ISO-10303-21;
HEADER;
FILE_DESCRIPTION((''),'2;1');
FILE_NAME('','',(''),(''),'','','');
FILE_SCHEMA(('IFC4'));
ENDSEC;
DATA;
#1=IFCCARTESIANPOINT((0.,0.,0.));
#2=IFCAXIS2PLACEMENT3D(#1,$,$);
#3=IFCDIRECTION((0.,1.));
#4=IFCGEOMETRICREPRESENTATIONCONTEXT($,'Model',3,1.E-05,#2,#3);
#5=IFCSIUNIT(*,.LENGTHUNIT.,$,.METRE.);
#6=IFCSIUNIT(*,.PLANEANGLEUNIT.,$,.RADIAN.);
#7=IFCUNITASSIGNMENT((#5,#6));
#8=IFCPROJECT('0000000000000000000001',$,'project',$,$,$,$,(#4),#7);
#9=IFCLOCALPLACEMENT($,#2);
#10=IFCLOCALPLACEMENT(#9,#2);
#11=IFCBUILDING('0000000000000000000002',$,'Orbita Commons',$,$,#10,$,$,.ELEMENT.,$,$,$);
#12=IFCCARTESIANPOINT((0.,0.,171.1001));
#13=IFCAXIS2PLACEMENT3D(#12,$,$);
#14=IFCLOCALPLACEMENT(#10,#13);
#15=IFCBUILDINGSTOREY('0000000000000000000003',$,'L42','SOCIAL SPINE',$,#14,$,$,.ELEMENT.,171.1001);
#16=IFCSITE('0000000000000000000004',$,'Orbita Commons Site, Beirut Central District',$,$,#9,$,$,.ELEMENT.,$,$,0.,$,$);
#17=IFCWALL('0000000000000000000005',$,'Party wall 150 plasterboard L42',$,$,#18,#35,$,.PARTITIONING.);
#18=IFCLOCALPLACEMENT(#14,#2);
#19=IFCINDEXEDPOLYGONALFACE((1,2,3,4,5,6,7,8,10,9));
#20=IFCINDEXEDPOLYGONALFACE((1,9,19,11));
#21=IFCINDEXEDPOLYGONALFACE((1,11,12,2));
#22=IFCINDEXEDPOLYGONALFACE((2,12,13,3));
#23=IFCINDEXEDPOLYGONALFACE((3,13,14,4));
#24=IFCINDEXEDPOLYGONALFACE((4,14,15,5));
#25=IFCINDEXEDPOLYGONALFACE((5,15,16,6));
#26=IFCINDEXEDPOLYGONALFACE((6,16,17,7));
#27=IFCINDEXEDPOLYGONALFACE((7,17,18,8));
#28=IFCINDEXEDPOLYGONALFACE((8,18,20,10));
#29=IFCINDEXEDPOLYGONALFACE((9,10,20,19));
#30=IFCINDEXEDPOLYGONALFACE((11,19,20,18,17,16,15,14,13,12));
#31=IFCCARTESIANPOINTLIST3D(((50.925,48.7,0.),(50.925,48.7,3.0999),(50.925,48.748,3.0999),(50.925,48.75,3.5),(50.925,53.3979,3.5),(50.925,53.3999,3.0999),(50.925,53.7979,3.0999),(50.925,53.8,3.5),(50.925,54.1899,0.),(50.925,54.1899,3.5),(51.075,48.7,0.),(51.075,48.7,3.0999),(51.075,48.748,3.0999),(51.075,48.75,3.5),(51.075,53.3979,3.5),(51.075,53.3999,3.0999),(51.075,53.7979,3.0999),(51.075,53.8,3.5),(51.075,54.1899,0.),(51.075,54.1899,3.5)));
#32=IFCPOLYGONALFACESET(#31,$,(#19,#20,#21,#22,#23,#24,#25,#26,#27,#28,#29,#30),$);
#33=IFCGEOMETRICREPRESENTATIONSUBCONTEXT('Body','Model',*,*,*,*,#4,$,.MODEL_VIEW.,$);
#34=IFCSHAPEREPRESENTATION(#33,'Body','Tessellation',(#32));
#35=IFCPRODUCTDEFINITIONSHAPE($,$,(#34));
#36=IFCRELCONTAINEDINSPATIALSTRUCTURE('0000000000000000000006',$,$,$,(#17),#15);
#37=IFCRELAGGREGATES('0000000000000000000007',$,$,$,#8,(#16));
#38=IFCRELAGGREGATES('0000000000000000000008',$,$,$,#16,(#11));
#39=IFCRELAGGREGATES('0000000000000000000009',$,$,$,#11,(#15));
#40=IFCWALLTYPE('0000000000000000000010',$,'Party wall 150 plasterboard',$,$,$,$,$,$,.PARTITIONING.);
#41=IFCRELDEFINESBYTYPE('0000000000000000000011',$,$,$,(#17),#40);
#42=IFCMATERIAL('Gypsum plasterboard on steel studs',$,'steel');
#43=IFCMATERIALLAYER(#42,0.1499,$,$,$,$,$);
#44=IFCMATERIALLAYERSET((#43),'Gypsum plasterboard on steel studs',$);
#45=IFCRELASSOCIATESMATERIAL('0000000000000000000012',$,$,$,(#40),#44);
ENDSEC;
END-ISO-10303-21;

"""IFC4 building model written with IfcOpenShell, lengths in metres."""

from ifc_helpers import new_model, si_unit, direction, frame, origin, place, context, subcontext, project, spatial, polyline, outline, extrude, material, layer, layer_set, type_object, element, save


model = new_model("IFC4")

# Units and contexts
model_context = context("Model", 3, precision=1e-05, world=origin(), true_north=direction((0.0, 1.0)))
body_context = subcontext(model_context, "Body", "Model", "MODEL_VIEW")
ifc_project = project(units=[si_unit("LENGTHUNIT", "METRE"), si_unit("PLANEANGLEUNIT", "RADIAN")], contexts=[model_context])

# Site, building, storey
site_placement = place(None, origin())
site = spatial("IfcSite", under=ifc_project, at=site_placement, Name="Orbita Commons Site, Beirut Central District", CompositionType="ELEMENT", RefElevation=0.0)
building_placement = place(site_placement, origin())
building = spatial("IfcBuilding", under=site, at=building_placement, Name="Orbita Commons", CompositionType="ELEMENT")
storey_placement = place(building_placement, frame((0.0, 0.0, 171.1001)))
storey = spatial("IfcBuildingStorey", under=building, at=storey_placement, Name="L42", Description="SOCIAL SPINE", CompositionType="ELEMENT", Elevation=171.1001)

# Wall
ifc_material_1 = material(Name="Gypsum plasterboard on steel studs", Category="steel")
ifc_layer_1 = layer(ifc_material_1, 0.1499)
ifc_layer_set_1 = layer_set([ifc_layer_1], Name="Gypsum plasterboard on steel studs")
wall_type_1 = type_object("IfcWallType", Name="Party wall 150 plasterboard", PredefinedType="PARTITIONING", material=ifc_layer_set_1)
wall_1_placement = place(storey_placement, frame((51.0, 54.1899, 0.0), z_axis=(0.0, 0.0, 1.0), x_axis=(0.0, -1.0, 0.0)))
element("IfcWall", 1, at=wall_1_placement, inside=storey, type_object=wall_type_1, Name="Party wall 150 plasterboard L42", PredefinedType="PARTITIONING", context=body_context, shape_type="SweptSolid", body=[
    extrude(outline(polyline([(0.0, 0.0), (5.49, 0.0), (5.49, 3.0999), (5.4419, 3.0999), (5.4399, 3.5), (0.792, 3.5), (0.79, 3.0999), (0.3921, 3.0999), (0.3899, 3.5), (0.0, 3.5), (0.0, 0.0)])), frame((0.0, 0.075, 0.0), z_axis=(0.0, -1.0, 0.0), x_axis=(1.0, 0.0, 0.0)), (0.0, 0.0, 1.0), 0.1499),
])

save(model, "model.ifc")
